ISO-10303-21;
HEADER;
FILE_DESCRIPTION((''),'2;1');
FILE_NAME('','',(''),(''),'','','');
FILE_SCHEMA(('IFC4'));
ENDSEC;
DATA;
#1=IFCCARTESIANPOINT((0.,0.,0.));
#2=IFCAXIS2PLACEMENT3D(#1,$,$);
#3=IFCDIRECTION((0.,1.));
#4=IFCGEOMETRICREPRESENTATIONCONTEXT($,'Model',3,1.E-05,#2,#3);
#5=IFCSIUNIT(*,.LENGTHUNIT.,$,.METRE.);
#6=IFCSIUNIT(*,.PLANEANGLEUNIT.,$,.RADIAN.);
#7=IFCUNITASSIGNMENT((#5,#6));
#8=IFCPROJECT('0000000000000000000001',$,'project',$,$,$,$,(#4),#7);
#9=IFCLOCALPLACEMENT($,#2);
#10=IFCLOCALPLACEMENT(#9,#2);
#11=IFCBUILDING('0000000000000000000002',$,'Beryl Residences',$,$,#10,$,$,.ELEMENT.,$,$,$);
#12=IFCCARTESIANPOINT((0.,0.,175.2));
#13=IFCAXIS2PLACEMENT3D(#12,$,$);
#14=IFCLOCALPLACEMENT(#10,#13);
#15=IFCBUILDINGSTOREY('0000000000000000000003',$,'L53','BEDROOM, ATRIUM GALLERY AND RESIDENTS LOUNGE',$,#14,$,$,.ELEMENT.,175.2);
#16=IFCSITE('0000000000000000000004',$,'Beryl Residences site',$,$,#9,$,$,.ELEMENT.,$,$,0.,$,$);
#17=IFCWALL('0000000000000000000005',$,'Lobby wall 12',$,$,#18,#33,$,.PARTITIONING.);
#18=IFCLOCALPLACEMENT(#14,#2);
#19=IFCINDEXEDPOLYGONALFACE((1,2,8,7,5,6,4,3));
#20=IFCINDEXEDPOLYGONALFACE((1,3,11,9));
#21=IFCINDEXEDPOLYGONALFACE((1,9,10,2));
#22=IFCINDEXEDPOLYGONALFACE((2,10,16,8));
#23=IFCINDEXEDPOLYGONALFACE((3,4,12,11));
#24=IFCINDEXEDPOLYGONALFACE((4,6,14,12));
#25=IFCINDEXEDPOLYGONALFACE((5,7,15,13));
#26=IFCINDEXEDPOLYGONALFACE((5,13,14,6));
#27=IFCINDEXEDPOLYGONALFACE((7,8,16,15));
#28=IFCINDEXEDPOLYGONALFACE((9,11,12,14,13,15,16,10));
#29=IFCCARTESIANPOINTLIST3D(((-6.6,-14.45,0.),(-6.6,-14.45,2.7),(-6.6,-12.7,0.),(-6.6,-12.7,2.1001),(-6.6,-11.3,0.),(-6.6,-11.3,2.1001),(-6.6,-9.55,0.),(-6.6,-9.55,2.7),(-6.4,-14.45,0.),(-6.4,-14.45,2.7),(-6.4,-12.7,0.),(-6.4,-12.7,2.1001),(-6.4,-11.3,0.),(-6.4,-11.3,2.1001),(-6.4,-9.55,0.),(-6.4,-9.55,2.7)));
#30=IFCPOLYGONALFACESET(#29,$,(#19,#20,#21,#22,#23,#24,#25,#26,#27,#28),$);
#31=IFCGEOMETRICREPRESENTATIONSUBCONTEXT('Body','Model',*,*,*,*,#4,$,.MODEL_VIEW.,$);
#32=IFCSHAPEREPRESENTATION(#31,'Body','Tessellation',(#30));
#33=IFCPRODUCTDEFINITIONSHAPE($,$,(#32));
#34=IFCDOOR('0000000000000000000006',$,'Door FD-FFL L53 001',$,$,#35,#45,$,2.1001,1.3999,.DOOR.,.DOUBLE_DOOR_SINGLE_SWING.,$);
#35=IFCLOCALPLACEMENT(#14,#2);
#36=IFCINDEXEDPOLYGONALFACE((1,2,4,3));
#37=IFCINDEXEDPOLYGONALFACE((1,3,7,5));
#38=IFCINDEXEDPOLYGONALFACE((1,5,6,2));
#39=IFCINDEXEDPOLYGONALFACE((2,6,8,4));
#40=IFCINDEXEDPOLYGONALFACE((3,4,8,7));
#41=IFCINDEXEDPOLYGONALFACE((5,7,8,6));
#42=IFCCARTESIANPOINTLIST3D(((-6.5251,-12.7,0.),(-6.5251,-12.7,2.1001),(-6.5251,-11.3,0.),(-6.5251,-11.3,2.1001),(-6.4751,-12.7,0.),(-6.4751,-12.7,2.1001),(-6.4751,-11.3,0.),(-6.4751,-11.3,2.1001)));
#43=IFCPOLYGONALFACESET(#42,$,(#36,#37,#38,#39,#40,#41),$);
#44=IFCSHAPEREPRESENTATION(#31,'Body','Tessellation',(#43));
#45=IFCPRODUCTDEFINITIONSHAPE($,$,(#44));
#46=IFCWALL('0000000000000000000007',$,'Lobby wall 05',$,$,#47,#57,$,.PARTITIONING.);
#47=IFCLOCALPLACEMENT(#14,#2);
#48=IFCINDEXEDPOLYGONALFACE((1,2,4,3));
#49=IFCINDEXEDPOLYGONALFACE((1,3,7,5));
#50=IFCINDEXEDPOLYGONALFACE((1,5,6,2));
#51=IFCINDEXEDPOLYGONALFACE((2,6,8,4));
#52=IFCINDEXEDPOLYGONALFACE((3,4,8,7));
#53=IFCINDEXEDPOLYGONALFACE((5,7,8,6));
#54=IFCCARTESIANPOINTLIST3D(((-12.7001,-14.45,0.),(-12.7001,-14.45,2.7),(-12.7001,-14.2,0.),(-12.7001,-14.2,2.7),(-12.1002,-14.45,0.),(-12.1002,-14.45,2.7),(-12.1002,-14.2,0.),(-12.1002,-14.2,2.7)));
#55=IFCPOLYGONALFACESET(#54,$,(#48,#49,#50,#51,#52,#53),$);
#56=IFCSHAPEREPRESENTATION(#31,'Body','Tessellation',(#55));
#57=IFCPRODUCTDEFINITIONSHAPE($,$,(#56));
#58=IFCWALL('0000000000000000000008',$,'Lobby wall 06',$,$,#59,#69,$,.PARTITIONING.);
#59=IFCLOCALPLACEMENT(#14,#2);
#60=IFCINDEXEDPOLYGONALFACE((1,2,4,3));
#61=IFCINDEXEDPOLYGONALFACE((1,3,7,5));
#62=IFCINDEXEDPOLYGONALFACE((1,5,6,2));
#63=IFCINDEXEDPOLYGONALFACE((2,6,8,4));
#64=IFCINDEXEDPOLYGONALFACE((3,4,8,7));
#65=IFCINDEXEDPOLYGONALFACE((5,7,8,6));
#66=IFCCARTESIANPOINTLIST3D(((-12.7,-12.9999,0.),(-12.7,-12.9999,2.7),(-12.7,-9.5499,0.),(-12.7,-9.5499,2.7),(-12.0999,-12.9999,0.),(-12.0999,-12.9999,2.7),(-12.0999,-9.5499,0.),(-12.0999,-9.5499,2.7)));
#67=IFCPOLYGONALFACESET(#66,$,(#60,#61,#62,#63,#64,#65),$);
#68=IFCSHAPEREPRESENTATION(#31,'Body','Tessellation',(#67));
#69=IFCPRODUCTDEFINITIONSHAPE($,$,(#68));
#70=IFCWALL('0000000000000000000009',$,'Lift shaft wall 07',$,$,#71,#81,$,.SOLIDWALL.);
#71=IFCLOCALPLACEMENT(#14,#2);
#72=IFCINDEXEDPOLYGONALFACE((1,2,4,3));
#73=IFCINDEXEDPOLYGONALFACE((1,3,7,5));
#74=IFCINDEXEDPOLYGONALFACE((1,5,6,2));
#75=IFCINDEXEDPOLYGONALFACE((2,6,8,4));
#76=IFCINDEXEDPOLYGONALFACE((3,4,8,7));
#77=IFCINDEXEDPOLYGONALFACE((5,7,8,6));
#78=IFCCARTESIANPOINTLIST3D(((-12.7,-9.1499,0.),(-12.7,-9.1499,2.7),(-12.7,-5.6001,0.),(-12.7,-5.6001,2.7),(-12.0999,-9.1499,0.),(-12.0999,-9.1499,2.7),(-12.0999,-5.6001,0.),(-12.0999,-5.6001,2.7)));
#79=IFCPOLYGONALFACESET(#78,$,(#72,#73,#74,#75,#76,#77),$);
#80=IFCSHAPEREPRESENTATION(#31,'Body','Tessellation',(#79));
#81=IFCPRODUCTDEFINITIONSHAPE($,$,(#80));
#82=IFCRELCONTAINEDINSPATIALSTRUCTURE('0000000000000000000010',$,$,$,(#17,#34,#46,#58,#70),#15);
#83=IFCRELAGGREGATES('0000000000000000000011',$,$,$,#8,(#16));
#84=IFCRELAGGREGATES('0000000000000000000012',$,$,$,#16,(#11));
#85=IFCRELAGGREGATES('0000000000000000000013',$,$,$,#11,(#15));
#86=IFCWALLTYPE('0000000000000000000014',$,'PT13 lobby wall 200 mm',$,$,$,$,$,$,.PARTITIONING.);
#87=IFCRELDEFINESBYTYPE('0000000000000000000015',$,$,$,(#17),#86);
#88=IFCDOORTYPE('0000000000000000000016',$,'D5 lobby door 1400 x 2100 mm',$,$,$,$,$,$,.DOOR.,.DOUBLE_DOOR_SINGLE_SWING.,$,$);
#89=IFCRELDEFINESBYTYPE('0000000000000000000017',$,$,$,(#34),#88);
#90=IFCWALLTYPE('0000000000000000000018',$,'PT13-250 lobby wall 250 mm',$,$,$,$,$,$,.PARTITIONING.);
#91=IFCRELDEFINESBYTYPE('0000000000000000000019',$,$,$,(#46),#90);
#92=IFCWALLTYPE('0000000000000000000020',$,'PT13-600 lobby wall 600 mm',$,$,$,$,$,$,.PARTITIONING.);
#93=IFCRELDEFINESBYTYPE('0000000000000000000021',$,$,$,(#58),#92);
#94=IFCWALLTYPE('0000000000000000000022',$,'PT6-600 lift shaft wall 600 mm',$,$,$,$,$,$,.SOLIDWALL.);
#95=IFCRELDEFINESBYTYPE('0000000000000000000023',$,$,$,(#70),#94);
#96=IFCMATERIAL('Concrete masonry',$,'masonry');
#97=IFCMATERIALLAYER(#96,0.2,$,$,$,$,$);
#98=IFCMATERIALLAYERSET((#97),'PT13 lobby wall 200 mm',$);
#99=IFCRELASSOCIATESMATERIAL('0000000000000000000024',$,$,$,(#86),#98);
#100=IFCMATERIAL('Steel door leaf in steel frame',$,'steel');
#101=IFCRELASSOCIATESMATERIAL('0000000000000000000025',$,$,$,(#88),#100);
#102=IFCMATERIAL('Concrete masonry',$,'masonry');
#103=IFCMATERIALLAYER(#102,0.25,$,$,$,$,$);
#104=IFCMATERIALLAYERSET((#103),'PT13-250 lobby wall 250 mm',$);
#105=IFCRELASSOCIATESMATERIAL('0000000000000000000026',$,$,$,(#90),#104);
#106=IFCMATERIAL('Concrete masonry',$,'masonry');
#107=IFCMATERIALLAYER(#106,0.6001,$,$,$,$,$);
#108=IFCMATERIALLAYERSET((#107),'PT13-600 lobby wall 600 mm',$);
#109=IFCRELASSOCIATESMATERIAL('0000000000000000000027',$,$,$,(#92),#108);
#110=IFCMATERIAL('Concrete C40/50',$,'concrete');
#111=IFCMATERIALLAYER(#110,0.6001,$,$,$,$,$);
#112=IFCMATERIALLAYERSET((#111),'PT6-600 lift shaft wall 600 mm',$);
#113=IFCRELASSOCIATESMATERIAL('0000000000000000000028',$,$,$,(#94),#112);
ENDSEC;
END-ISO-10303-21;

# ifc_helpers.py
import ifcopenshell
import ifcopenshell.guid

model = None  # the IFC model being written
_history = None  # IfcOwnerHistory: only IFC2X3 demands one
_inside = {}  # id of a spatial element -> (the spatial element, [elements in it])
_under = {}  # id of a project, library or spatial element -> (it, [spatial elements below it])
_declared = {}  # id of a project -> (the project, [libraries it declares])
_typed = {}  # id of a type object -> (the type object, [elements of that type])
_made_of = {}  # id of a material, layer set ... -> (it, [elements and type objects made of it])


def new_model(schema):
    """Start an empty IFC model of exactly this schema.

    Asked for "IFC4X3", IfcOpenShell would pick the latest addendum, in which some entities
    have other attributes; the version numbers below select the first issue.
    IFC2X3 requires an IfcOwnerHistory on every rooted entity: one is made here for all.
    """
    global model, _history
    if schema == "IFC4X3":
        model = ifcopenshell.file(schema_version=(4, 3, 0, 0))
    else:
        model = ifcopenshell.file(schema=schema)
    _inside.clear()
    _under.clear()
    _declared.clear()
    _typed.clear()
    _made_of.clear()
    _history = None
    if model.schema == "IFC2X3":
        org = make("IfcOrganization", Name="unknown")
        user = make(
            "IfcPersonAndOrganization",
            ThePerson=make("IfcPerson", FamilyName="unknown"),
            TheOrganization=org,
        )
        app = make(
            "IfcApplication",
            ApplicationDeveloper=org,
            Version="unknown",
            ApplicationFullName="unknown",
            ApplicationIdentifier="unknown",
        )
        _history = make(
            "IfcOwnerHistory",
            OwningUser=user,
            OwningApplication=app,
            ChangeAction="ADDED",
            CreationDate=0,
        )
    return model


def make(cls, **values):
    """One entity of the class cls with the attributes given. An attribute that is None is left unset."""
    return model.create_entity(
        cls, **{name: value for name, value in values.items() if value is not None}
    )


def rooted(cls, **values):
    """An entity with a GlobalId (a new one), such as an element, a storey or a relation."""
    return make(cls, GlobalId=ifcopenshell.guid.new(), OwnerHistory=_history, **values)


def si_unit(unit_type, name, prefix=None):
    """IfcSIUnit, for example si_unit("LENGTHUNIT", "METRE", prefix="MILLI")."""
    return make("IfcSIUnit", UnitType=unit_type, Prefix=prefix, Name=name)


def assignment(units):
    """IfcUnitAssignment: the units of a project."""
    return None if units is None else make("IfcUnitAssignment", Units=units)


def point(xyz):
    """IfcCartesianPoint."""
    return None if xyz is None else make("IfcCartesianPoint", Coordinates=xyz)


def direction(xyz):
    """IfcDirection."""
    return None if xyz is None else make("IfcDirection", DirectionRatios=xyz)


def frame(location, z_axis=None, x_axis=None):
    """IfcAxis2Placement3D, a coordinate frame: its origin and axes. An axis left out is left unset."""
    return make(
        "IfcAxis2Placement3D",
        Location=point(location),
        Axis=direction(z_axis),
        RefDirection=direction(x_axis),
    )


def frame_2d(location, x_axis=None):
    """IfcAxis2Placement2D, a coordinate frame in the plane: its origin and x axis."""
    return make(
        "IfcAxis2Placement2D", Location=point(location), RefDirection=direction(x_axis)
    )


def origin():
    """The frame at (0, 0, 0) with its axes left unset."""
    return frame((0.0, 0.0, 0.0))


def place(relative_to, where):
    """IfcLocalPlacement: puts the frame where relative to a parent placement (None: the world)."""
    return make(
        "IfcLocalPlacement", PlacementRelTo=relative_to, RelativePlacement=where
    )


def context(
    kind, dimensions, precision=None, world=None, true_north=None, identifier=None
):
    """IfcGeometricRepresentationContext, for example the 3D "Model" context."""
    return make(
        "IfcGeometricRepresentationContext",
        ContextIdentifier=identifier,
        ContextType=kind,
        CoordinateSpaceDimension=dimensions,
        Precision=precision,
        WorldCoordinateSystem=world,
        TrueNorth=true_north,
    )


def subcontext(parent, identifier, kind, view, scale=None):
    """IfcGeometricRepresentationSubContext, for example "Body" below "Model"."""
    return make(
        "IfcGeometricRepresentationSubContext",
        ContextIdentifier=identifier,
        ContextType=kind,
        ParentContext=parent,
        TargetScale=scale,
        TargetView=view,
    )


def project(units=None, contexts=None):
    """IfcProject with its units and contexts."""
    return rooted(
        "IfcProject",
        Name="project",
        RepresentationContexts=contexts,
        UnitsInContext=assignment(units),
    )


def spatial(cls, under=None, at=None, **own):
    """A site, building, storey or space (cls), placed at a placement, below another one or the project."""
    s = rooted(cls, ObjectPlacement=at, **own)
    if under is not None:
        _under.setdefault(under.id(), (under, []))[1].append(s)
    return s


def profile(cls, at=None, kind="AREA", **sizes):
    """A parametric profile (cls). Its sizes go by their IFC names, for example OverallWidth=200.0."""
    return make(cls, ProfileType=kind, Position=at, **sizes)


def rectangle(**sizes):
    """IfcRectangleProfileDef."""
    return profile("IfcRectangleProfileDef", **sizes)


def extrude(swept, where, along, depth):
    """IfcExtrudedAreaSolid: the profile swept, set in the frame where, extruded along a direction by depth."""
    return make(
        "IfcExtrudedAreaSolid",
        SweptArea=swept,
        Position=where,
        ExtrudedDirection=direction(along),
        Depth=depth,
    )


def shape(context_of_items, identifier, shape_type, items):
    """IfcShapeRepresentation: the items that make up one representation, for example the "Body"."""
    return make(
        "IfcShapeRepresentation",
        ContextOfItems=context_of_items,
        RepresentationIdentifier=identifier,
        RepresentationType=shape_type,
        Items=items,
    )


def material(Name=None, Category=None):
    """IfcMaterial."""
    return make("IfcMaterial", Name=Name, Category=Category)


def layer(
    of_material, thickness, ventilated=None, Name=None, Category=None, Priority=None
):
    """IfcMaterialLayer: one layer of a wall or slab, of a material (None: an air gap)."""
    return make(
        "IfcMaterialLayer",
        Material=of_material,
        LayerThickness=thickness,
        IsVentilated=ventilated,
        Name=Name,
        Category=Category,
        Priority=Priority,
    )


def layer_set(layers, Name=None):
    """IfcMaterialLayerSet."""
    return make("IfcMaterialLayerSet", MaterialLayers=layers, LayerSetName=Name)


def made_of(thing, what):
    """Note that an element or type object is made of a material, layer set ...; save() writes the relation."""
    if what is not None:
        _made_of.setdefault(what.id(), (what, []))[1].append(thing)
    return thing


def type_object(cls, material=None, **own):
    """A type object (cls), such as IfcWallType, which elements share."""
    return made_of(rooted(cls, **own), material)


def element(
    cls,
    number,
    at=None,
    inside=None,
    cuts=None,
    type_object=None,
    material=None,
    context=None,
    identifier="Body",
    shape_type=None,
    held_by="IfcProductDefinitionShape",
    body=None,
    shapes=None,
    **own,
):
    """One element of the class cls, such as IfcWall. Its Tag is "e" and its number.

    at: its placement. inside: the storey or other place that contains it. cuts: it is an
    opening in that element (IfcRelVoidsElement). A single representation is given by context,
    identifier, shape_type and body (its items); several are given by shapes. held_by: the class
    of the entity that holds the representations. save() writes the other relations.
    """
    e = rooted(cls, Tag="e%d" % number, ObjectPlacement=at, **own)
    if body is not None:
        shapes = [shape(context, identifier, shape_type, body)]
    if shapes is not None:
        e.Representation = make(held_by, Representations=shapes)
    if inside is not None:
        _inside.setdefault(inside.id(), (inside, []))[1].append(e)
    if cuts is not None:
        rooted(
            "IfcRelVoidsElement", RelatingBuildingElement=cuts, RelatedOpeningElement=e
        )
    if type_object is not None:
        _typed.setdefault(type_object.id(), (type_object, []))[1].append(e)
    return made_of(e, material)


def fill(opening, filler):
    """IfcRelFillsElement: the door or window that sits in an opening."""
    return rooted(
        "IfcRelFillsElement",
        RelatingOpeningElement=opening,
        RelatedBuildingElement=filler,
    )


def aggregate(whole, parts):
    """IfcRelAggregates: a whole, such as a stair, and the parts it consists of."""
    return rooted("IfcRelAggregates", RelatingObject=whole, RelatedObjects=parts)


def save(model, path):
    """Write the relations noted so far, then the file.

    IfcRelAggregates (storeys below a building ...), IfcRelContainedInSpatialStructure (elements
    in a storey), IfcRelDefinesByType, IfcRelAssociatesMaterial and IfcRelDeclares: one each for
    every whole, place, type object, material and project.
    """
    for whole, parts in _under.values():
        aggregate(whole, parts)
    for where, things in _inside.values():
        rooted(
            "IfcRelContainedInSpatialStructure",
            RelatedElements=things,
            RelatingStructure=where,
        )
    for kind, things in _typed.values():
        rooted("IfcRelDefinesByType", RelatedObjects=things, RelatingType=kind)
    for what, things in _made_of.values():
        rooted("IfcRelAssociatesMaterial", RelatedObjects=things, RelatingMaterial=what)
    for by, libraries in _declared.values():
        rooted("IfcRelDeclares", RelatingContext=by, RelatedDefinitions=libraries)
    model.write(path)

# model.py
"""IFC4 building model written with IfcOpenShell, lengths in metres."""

from ifc_helpers import new_model, si_unit, direction, frame, frame_2d, origin, place, context, subcontext, project, spatial, rectangle, extrude, material, layer, layer_set, type_object, element, fill, save


model = new_model("IFC4")

# Units and contexts
model_context = context("Model", 3, precision=1e-05, world=origin(), true_north=direction((0.0, 1.0)))
body_context = subcontext(model_context, "Body", "Model", "MODEL_VIEW")
ifc_project = project(units=[si_unit("LENGTHUNIT", "METRE"), si_unit("PLANEANGLEUNIT", "RADIAN")], contexts=[model_context])

# Site, building, storey
site_placement = place(None, origin())
site = spatial("IfcSite", under=ifc_project, at=site_placement, Name="Beryl Residences site", CompositionType="ELEMENT", RefElevation=0.0)
building_placement = place(site_placement, origin())
building = spatial("IfcBuilding", under=site, at=building_placement, Name="Beryl Residences", CompositionType="ELEMENT")
storey_placement = place(building_placement, frame((0.0, 0.0, 175.2)))
storey = spatial("IfcBuildingStorey", under=building, at=storey_placement, Name="L53", Description="BEDROOM, ATRIUM GALLERY AND RESIDENTS LOUNGE", CompositionType="ELEMENT", Elevation=175.2)

# Wall, opening, door
ifc_material_1 = material(Name="Concrete masonry", Category="masonry")
ifc_layer_1 = layer(ifc_material_1, 0.2)
ifc_layer_set_1 = layer_set([ifc_layer_1], Name="PT13 lobby wall 200 mm")
wall_type_1 = type_object("IfcWallType", Name="PT13 lobby wall 200 mm", PredefinedType="PARTITIONING", material=ifc_layer_set_1)
wall_1_placement = place(storey_placement, frame((-6.5, -14.45, 0.0), z_axis=(0.0, 0.0, 1.0), x_axis=(0.0, 1.0, 0.0)))
wall_1 = element("IfcWall", 1, at=wall_1_placement, inside=storey, type_object=wall_type_1, Name="Lobby wall 12", PredefinedType="PARTITIONING", context=body_context, shape_type="SweptSolid", body=[
    extrude(rectangle(XDim=4.8999, YDim=0.2, at=frame_2d((2.45, 0.0))), origin(), (0.0, 0.0, 1.0), 2.7),
])
opening_1_placement = place(wall_1_placement, frame((3.1499, 0.0, 0.0), z_axis=(0.0, 0.0, 1.0), x_axis=(-1.0, 0.0, 0.0)))
opening_1 = element("IfcOpeningElement", 2, at=opening_1_placement, cuts=wall_1, PredefinedType="OPENING", context=body_context, shape_type="SweptSolid", body=[
    extrude(rectangle(XDim=1.3999, YDim=2.1001, at=frame_2d((0.7, 1.05))), frame((0.0, 0.1099, 0.0), z_axis=(0.0, -1.0, 0.0), x_axis=(1.0, 0.0, 0.0)), (0.0, 0.0, 1.0), 0.22),
])
ifc_material_2 = material(Name="Steel door leaf in steel frame", Category="steel")
door_type_1 = type_object("IfcDoorType", Name="D5 lobby door 1400 x 2100 mm", OperationType="DOUBLE_DOOR_SINGLE_SWING", PredefinedType="DOOR", material=ifc_material_2)
door_1_placement = place(opening_1_placement, origin())
door_1 = element("IfcDoor", 3, at=door_1_placement, inside=storey, type_object=door_type_1, Name="Door FD-FFL L53 001", OperationType="DOUBLE_DOOR_SINGLE_SWING", OverallHeight=2.1001, OverallWidth=1.3999, PredefinedType="DOOR", context=body_context, shape_type="SweptSolid", body=[
    extrude(rectangle(XDim=1.3999, YDim=2.1001, at=frame_2d((0.7, 1.05))), frame((0.0, 0.0249, 0.0), z_axis=(0.0, -1.0, 0.0), x_axis=(1.0, 0.0, 0.0)), (0.0, 0.0, 1.0), 0.05),
])
fill(opening_1, door_1)

# Walls
ifc_material_3 = material(Name="Concrete masonry", Category="masonry")
ifc_layer_2 = layer(ifc_material_3, 0.25)
ifc_layer_set_2 = layer_set([ifc_layer_2], Name="PT13-250 lobby wall 250 mm")
wall_type_2 = type_object("IfcWallType", Name="PT13-250 lobby wall 250 mm", PredefinedType="PARTITIONING", material=ifc_layer_set_2)
wall_2_placement = place(storey_placement, frame((-12.7, -14.325, 0.0), z_axis=(0.0, 0.0, 1.0), x_axis=(1.0, 0.0, 0.0)))
element("IfcWall", 4, at=wall_2_placement, inside=storey, type_object=wall_type_2, Name="Lobby wall 05", PredefinedType="PARTITIONING", context=body_context, shape_type="SweptSolid", body=[
    extrude(rectangle(XDim=0.5999, YDim=0.25, at=frame_2d((0.2998, 0.0))), origin(), (0.0, 0.0, 1.0), 2.7),
])
ifc_material_4 = material(Name="Concrete masonry", Category="masonry")
ifc_layer_3 = layer(ifc_material_4, 0.6001)
ifc_layer_set_3 = layer_set([ifc_layer_3], Name="PT13-600 lobby wall 600 mm")
wall_type_3 = type_object("IfcWallType", Name="PT13-600 lobby wall 600 mm", PredefinedType="PARTITIONING", material=ifc_layer_set_3)
wall_3_placement = place(storey_placement, frame((-12.3999, -13.0, 0.0), z_axis=(0.0, 0.0, 1.0), x_axis=(0.0, 1.0, 0.0)))
element("IfcWall", 5, at=wall_3_placement, inside=storey, type_object=wall_type_3, Name="Lobby wall 06", PredefinedType="PARTITIONING", context=body_context, shape_type="SweptSolid", body=[
    extrude(rectangle(XDim=3.45, YDim=0.6001, at=frame_2d((1.7251, 0.0))), origin(), (0.0, 0.0, 1.0), 2.7),
])
ifc_material_5 = material(Name="Concrete C40/50", Category="concrete")
ifc_layer_4 = layer(ifc_material_5, 0.6001)
ifc_layer_set_4 = layer_set([ifc_layer_4], Name="PT6-600 lift shaft wall 600 mm")
wall_type_4 = type_object("IfcWallType", Name="PT6-600 lift shaft wall 600 mm", PredefinedType="SOLIDWALL", material=ifc_layer_set_4)
wall_4_placement = place(storey_placement, frame((-12.3999, -9.1499, 0.0), z_axis=(0.0, 0.0, 1.0), x_axis=(0.0, 1.0, 0.0)))
element("IfcWall", 6, at=wall_4_placement, inside=storey, type_object=wall_type_4, Name="Lift shaft wall 07", PredefinedType="SOLIDWALL", context=body_context, shape_type="SweptSolid", body=[
    extrude(rectangle(XDim=3.5498, YDim=0.6001, at=frame_2d((1.7749, 0.0))), origin(), (0.0, 0.0, 1.0), 2.7),
])

save(model, "model.ifc")
